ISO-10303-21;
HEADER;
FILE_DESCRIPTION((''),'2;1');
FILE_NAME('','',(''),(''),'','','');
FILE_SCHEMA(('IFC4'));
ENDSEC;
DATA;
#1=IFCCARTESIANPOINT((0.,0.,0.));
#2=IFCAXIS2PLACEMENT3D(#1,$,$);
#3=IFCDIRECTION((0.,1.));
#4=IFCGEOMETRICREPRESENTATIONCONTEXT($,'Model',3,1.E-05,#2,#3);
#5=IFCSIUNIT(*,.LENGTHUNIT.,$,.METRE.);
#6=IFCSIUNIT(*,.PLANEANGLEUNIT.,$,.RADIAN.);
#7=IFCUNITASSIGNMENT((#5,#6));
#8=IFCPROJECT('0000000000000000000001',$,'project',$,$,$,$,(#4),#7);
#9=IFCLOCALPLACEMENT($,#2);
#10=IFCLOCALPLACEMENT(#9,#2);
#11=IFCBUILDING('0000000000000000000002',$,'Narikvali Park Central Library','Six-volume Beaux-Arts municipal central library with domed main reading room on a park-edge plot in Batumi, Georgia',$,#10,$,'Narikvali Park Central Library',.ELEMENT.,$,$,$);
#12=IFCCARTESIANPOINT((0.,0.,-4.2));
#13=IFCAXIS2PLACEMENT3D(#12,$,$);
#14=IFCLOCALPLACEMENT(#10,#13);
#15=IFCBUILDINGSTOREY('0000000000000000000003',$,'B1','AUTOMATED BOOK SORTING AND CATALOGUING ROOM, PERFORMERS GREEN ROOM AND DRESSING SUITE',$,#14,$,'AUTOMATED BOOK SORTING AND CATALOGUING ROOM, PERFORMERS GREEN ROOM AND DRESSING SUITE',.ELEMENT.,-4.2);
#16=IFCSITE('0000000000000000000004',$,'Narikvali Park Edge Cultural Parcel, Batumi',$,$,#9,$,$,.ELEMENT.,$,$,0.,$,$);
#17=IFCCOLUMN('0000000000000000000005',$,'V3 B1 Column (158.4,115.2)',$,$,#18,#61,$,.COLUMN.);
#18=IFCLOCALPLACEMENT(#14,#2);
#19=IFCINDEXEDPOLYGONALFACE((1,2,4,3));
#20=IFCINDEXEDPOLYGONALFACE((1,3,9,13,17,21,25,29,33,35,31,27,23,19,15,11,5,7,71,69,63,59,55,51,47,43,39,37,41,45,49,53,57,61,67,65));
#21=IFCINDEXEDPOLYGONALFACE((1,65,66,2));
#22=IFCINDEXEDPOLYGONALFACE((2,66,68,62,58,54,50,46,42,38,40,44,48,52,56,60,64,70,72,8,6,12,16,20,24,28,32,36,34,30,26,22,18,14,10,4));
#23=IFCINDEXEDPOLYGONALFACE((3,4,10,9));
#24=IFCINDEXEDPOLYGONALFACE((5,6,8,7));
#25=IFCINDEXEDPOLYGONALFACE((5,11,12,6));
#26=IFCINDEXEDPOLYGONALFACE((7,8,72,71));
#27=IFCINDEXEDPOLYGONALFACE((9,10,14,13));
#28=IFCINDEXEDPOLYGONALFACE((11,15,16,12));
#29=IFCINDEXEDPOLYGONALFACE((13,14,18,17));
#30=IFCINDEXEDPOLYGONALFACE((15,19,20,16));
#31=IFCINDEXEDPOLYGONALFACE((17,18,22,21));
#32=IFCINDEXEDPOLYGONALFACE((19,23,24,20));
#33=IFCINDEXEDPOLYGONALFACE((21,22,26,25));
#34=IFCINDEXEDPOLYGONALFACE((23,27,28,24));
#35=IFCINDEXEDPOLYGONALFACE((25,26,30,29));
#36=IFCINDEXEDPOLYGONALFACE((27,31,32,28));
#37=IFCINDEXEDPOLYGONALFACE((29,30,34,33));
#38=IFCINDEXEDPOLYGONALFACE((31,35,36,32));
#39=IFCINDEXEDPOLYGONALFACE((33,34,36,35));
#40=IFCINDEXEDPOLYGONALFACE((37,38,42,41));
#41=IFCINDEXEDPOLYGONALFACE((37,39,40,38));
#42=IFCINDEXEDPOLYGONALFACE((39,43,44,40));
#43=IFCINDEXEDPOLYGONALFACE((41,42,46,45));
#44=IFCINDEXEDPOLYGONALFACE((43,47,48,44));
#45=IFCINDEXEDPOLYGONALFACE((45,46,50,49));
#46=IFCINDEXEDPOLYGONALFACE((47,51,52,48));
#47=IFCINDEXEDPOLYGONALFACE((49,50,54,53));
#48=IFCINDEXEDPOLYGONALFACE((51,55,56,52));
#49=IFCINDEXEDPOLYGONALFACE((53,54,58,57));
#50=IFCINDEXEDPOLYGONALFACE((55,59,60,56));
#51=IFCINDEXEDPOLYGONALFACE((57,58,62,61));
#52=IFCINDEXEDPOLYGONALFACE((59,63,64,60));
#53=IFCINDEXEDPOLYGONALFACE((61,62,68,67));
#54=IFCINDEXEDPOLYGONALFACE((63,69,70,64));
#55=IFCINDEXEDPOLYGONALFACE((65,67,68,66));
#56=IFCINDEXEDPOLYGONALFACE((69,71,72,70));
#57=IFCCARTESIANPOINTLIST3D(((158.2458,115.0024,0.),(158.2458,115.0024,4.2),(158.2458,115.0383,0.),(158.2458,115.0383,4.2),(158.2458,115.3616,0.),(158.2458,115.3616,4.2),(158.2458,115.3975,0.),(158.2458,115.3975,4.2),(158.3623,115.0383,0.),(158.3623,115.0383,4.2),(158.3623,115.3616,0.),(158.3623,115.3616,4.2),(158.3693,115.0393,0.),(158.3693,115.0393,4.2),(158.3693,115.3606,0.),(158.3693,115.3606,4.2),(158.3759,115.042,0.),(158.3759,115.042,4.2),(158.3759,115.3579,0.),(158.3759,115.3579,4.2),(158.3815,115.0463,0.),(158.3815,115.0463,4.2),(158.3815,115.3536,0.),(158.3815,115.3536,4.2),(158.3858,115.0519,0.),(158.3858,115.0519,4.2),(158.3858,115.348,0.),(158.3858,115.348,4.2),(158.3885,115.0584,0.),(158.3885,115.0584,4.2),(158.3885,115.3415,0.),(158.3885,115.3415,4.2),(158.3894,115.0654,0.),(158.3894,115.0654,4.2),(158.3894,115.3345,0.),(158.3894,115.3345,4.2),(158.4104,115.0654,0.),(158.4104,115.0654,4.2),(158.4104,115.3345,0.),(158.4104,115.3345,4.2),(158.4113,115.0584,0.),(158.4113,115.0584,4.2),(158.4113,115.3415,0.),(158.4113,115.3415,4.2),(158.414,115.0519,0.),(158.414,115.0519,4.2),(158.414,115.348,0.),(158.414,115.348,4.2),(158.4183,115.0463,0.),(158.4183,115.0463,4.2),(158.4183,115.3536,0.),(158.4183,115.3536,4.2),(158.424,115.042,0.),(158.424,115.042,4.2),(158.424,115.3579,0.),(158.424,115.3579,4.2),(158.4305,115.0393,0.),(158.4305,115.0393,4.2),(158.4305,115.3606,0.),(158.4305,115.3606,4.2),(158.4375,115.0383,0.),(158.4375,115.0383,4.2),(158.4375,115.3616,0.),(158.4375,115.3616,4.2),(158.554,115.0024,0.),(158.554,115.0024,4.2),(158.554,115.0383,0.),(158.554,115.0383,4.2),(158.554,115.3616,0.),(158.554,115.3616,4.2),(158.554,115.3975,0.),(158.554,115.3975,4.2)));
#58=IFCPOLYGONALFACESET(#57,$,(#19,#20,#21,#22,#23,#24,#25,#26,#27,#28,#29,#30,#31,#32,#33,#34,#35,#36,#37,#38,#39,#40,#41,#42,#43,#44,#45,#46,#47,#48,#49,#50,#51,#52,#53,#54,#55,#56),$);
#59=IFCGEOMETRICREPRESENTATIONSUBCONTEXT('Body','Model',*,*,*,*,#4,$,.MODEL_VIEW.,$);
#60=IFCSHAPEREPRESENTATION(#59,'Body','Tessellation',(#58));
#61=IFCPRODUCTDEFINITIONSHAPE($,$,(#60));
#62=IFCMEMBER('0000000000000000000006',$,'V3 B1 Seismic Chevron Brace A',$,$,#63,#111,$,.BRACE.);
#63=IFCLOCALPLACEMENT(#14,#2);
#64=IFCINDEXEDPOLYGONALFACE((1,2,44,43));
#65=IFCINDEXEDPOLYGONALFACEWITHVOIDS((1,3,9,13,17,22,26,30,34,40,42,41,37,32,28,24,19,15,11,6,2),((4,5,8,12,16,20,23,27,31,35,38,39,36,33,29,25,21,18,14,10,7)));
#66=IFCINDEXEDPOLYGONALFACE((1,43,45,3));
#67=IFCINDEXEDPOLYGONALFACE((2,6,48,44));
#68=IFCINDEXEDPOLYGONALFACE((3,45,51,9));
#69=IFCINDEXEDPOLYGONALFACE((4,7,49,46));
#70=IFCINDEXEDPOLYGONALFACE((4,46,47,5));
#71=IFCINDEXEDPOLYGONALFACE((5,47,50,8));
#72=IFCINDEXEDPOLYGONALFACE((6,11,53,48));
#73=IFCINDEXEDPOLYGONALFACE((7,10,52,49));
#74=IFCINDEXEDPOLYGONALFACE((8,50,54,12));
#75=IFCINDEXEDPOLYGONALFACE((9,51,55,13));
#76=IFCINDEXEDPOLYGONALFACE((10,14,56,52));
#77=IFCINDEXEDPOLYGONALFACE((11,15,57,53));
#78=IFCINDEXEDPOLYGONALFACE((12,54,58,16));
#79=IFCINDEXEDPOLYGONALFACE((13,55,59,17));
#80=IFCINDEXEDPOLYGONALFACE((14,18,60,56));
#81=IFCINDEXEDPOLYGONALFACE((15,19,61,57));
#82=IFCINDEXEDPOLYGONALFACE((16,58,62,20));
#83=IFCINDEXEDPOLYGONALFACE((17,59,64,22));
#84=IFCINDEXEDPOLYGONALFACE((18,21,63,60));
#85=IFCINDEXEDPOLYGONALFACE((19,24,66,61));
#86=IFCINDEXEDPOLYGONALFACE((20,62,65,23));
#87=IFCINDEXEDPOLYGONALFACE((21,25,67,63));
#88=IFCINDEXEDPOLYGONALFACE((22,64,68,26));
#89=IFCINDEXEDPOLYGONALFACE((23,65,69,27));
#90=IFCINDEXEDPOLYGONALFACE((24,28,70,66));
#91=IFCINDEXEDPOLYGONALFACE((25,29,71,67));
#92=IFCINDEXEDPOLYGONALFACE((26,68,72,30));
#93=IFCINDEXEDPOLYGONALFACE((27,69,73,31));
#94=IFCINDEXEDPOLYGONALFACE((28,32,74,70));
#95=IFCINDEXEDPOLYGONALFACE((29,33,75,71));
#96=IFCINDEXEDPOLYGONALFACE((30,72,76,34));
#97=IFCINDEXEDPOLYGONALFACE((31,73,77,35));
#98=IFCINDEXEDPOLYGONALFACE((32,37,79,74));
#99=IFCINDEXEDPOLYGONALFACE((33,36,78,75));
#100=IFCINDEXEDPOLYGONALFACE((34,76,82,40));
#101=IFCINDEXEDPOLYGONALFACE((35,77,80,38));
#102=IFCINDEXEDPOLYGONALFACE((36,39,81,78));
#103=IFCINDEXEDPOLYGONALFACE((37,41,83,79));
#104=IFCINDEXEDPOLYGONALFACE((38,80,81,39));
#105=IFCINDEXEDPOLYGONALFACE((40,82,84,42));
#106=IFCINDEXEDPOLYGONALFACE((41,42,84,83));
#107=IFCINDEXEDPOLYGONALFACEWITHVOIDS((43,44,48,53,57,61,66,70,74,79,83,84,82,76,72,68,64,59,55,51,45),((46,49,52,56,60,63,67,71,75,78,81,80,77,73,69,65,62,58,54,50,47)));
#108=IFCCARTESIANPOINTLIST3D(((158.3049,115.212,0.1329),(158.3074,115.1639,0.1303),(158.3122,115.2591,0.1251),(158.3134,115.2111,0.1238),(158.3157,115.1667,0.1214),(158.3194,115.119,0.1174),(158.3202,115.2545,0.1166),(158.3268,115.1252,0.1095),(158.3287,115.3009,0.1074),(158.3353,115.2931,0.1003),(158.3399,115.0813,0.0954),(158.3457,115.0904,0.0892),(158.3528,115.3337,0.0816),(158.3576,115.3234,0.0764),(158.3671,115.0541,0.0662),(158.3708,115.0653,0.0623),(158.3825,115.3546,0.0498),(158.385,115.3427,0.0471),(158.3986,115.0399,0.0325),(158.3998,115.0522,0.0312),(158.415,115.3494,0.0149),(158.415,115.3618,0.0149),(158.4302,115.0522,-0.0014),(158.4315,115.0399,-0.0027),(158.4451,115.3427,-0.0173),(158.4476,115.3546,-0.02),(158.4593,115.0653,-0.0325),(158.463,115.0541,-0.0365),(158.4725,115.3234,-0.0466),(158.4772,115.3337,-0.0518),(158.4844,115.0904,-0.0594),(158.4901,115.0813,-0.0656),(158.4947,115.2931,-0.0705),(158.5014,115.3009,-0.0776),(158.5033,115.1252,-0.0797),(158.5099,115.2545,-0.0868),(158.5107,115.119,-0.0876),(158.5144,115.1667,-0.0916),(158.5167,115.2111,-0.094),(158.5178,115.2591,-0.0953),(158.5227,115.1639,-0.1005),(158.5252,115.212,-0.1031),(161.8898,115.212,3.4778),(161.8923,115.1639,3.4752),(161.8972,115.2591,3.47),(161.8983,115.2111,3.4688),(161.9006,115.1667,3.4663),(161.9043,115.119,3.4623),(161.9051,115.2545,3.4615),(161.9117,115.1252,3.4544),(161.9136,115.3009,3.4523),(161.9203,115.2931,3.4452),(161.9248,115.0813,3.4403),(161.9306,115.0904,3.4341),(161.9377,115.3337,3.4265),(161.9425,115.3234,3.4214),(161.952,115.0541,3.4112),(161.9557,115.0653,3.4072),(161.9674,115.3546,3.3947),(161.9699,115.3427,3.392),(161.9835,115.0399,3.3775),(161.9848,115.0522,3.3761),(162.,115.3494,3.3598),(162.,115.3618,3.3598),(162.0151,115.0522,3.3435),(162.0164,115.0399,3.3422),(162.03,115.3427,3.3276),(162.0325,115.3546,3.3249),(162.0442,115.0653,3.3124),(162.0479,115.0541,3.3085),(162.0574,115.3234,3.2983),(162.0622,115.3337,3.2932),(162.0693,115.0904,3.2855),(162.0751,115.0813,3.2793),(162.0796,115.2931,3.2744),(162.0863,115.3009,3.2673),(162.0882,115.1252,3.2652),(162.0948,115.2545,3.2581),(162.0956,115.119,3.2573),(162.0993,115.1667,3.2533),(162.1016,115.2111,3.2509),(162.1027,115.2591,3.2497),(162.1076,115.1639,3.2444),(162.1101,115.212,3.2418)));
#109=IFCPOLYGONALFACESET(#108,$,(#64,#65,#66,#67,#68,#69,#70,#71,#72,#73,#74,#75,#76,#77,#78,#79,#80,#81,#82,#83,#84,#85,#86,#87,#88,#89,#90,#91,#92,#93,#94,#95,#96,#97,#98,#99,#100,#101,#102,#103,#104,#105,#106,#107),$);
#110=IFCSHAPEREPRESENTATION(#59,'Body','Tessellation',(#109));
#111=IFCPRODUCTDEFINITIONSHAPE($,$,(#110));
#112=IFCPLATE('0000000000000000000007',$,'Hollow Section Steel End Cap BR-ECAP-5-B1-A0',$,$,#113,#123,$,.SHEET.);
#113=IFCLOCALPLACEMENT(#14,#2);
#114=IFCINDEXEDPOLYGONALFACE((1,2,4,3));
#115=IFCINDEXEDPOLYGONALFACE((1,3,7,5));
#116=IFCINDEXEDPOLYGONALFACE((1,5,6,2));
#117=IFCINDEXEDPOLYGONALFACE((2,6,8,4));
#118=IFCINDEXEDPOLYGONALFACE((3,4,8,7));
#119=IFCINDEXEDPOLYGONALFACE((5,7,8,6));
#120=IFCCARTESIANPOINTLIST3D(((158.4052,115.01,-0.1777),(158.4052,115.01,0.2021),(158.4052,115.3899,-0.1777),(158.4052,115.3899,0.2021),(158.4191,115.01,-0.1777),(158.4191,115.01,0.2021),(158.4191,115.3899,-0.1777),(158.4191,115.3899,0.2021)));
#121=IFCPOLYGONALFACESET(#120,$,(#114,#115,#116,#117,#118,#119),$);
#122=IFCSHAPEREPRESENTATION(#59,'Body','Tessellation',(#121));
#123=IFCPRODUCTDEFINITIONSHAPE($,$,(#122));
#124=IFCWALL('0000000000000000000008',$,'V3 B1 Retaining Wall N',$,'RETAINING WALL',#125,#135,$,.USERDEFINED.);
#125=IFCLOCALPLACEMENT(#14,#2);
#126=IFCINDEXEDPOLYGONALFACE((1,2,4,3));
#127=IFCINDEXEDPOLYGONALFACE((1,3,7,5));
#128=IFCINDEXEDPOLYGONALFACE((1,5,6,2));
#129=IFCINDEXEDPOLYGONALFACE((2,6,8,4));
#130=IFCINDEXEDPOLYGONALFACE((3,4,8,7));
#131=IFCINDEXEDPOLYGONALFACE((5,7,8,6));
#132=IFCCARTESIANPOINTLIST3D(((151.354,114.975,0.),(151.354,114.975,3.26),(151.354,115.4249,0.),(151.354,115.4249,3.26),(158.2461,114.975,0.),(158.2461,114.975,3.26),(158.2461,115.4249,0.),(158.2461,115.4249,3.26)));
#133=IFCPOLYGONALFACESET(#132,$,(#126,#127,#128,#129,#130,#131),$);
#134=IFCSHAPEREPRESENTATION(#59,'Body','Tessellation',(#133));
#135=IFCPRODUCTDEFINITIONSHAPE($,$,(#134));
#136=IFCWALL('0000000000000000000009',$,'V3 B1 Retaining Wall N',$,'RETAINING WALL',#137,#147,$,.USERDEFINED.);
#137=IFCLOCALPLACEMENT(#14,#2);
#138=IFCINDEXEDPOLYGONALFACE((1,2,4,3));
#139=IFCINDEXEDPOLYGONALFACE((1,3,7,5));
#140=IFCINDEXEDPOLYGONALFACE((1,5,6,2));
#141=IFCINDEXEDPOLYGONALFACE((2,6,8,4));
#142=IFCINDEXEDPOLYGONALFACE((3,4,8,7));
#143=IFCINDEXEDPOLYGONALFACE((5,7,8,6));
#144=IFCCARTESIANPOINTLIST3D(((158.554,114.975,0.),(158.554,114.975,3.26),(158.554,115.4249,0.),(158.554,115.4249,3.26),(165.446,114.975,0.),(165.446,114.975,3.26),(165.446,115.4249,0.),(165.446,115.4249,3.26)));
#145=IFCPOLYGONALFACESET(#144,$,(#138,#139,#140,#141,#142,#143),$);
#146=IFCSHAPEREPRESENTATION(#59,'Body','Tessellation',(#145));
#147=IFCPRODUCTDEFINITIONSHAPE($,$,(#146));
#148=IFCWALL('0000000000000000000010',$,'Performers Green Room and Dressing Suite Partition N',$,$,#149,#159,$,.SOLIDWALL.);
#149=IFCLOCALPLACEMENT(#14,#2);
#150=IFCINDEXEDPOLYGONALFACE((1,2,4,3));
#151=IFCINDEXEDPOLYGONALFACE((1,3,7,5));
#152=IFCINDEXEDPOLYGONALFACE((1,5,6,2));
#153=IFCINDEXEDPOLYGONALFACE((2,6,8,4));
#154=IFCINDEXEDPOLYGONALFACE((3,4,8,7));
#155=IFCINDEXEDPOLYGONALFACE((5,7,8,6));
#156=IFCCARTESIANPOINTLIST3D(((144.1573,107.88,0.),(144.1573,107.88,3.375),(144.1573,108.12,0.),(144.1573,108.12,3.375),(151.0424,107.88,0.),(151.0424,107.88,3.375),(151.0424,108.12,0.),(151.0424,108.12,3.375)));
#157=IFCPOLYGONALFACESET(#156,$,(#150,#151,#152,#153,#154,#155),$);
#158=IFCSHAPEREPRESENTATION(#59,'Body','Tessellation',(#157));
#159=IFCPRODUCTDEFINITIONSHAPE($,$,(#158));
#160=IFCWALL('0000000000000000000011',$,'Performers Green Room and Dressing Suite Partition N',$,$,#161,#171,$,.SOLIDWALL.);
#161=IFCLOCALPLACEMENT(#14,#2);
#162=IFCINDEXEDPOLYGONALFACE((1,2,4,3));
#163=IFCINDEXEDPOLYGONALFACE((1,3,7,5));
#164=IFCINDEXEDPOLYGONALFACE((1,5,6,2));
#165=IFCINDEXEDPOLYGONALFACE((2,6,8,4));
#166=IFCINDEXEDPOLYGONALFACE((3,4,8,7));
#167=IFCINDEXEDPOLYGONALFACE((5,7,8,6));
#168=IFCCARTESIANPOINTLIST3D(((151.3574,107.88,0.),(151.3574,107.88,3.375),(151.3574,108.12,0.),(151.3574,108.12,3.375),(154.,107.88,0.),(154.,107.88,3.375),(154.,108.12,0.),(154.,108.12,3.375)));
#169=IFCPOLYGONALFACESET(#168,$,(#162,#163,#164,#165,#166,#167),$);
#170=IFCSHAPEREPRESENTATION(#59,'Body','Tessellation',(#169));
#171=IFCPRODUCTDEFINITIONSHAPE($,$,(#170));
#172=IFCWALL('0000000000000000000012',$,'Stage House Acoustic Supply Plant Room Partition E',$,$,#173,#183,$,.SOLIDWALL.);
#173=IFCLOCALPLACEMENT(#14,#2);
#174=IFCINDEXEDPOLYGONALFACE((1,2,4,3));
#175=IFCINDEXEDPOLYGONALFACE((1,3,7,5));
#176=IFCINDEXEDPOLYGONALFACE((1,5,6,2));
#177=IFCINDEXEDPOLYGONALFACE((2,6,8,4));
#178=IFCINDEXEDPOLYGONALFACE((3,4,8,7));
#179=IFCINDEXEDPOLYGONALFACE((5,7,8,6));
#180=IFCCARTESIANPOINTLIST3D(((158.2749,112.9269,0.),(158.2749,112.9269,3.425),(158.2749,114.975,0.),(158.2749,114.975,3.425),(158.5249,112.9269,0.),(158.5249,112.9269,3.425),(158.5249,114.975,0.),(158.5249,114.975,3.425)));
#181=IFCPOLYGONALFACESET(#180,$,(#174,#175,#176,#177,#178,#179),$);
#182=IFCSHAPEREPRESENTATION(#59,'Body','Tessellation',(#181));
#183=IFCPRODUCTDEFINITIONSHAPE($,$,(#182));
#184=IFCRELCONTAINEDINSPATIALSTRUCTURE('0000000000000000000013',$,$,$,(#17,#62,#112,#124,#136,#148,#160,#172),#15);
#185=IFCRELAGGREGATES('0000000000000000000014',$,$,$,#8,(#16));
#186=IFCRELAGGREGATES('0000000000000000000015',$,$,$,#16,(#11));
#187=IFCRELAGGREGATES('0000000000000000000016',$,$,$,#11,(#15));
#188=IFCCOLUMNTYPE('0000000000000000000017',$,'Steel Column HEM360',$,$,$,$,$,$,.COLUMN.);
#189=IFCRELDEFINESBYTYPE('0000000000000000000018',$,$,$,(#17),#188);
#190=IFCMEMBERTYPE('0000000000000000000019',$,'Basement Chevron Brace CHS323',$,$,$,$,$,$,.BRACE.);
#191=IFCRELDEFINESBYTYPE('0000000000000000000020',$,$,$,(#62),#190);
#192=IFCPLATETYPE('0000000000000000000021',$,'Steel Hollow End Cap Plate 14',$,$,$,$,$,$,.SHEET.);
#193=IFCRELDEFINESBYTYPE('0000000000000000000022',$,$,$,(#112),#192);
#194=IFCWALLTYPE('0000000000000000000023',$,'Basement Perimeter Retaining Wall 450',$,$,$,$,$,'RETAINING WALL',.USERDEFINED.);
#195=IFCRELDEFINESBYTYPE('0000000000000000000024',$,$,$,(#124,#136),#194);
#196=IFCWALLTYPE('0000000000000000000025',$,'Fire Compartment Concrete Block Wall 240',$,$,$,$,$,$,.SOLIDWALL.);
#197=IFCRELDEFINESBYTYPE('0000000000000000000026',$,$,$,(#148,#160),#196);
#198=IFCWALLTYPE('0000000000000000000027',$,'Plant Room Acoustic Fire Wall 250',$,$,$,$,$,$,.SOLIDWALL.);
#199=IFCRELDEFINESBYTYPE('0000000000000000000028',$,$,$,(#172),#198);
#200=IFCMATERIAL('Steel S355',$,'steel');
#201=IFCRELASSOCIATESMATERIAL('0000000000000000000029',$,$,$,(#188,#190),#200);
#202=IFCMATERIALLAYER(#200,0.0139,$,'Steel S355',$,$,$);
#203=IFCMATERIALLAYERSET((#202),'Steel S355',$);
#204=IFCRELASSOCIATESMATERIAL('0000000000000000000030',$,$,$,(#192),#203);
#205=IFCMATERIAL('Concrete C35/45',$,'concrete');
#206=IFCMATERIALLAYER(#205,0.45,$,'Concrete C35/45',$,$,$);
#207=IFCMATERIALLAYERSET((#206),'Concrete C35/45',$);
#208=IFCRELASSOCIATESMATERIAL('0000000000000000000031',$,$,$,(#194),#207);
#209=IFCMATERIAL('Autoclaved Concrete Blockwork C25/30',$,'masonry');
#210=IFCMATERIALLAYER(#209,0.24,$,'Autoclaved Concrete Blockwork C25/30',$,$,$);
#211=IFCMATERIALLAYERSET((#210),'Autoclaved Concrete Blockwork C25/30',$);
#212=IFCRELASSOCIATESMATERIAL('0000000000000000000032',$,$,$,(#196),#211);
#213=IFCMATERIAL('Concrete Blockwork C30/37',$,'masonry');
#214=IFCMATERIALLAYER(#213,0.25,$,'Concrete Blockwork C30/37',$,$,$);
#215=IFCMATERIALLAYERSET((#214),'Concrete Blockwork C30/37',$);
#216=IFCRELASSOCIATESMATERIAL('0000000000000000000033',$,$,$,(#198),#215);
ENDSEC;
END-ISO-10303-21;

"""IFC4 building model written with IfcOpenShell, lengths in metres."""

from ifc_helpers import new_model, si_unit, direction, frame, frame_2d, origin, origin_2d, place, context, subcontext, project, spatial, rectangle, hollow_circle, i_section, extrude, material, layer, layer_set, material_profile, profile_set, type_object, element, save


model = new_model("IFC4")

# Units and contexts
model_context = context("Model", 3, precision=1e-05, world=origin(), true_north=direction((0.0, 1.0)))
body_context = subcontext(model_context, "Body", "Model", "MODEL_VIEW")
ifc_project = project(units=[si_unit("LENGTHUNIT", "METRE"), si_unit("PLANEANGLEUNIT", "RADIAN")], contexts=[model_context])

# Site, building, storey
site_placement = place(None, origin())
site = spatial("IfcSite", under=ifc_project, at=site_placement, Name="Narikvali Park Edge Cultural Parcel, Batumi", CompositionType="ELEMENT", RefElevation=0.0)
building_placement = place(site_placement, origin())
building = spatial("IfcBuilding", under=site, at=building_placement, Name="Narikvali Park Central Library", Description="Six-volume Beaux-Arts municipal central library with domed main reading room on a park-edge plot in Batumi, Georgia", LongName="Narikvali Park Central Library", CompositionType="ELEMENT")
storey_placement = place(building_placement, frame((0.0, 0.0, -4.2)))
storey = spatial("IfcBuildingStorey", under=building, at=storey_placement, Name="B1", Description="AUTOMATED BOOK SORTING AND CATALOGUING ROOM, PERFORMERS GREEN ROOM AND DRESSING SUITE", LongName="AUTOMATED BOOK SORTING AND CATALOGUING ROOM, PERFORMERS GREEN ROOM AND DRESSING SUITE", CompositionType="ELEMENT", Elevation=-4.2)

# Shared definitions
ifc_material_1 = material(Name="Concrete C35/45", Category="concrete")

# Column
ifc_material_2 = material(Name="Steel S355", Category="steel")
ifc_material_profile_1 = material_profile(ifc_material_2, i_section(OverallWidth=0.3081, OverallDepth=0.395, WebThickness=0.021, FlangeThickness=0.0359, FilletRadius=0.0271, at=origin_2d()), Name="HEM 360")
ifc_profile_set_1 = profile_set([ifc_material_profile_1], Name="Steel S355")
column_type_1 = type_object("IfcColumnType", Name="Steel Column HEM360", PredefinedType="COLUMN", material=ifc_profile_set_1)
for number, where, z_axis, x_axis, name in (
    (1, (158.3999, 115.2, 0.0), (0.0, 0.0, 1.0), (1.0, 0.0, 0.0), "V3 B1 Column (158.4,115.2)"),
):
    element("IfcColumn", number, at=place(storey_placement, frame(where, z_axis=z_axis, x_axis=x_axis)), inside=storey, type_object=column_type_1, Name=name, PredefinedType="COLUMN", context=body_context, shape_type="SweptSolid", body=[
        extrude(i_section(OverallWidth=0.3081, OverallDepth=0.395, WebThickness=0.021, FlangeThickness=0.0359, FilletRadius=0.0271, at=origin_2d()), origin(), (0.0, 0.0, 1.0), 4.2),
    ])

# Member
ifc_material_profile_2 = material_profile(ifc_material_2, hollow_circle(Radius=0.1619, WallThickness=0.0125, at=origin_2d()), Name="CHS 323.9x12.5")
ifc_profile_set_2 = profile_set([ifc_material_profile_2], Name="Steel S355")
member_type = type_object("IfcMemberType", Name="Basement Chevron Brace CHS323", PredefinedType="BRACE", material=ifc_profile_set_2)
member_placement = place(storey_placement, frame((158.415, 115.2, 0.0149), z_axis=(0.731156, 0.0, 0.68221), x_axis=(0.0, 1.0, 0.0)))
element("IfcMember", 2, at=member_placement, inside=storey, type_object=member_type, Name="V3 B1 Seismic Chevron Brace A", PredefinedType="BRACE", context=body_context, shape_type="SweptSolid", body=[
    extrude(hollow_circle(Radius=0.1619, WallThickness=0.0125, at=origin_2d()), origin(), (0.0, 0.0, 1.0), 4.9031),
])

# Plate
ifc_layer_1 = layer(ifc_material_2, 0.0139, Name="Steel S355")
ifc_layer_set_1 = layer_set([ifc_layer_1], Name="Steel S355")
plate_type = type_object("IfcPlateType", Name="Steel Hollow End Cap Plate 14", PredefinedType="SHEET", material=ifc_layer_set_1)
plate_placement = place(storey_placement, frame((158.4121, 115.2, -0.1777), z_axis=(0.0, 0.0, 1.0), x_axis=(-1.0, 0.0, 0.0)))
element("IfcPlate", 3, at=plate_placement, inside=storey, type_object=plate_type, Name="Hollow Section Steel End Cap BR-ECAP-5-B1-A0", PredefinedType="SHEET", context=body_context, shape_type="SweptSolid", body=[
    extrude(rectangle(XDim=0.0139, YDim=0.3799, at=origin_2d()), origin(), (0.0, 0.0, 1.0), 0.3799),
])

# Walls
ifc_layer_2 = layer(ifc_material_1, 0.45, Name="Concrete C35/45")
ifc_layer_set_2 = layer_set([ifc_layer_2], Name="Concrete C35/45")
wall_type_1 = type_object("IfcWallType", Name="Basement Perimeter Retaining Wall 450", ElementType="RETAINING WALL", PredefinedType="USERDEFINED", material=ifc_layer_set_2)
for number, where, z_axis, x_axis, name in (
    (4, (151.354, 115.2, 0.0), (0.0, 0.0, 1.0), (1.0, 0.0, 0.0), "V3 B1 Retaining Wall N"),
    (5, (158.554, 115.2, 0.0), (0.0, 0.0, 1.0), (1.0, 0.0, 0.0), "V3 B1 Retaining Wall N"),
):
    element("IfcWall", number, at=place(storey_placement, frame(where, z_axis=z_axis, x_axis=x_axis)), inside=storey, type_object=wall_type_1, Name=name, ObjectType="RETAINING WALL", PredefinedType="USERDEFINED", context=body_context, shape_type="SweptSolid", body=[
        extrude(rectangle(XDim=6.8921, YDim=0.45, at=frame_2d((3.446, 0.0))), origin(), (0.0, 0.0, 1.0), 3.26),
    ])
ifc_material_3 = material(Name="Autoclaved Concrete Blockwork C25/30", Category="masonry")
ifc_layer_3 = layer(ifc_material_3, 0.24, Name="Autoclaved Concrete Blockwork C25/30")
ifc_layer_set_3 = layer_set([ifc_layer_3], Name="Autoclaved Concrete Blockwork C25/30")
wall_type_2 = type_object("IfcWallType", Name="Fire Compartment Concrete Block Wall 240", PredefinedType="SOLIDWALL", material=ifc_layer_set_3)
wall_1_placement = place(storey_placement, frame((144.1575, 108.0, 0.0), z_axis=(0.0, 0.0, 1.0), x_axis=(1.0, 0.0, 0.0)))
element("IfcWall", 6, at=wall_1_placement, inside=storey, type_object=wall_type_2, Name="Performers Green Room and Dressing Suite Partition N", PredefinedType="SOLIDWALL", context=body_context, shape_type="SweptSolid", body=[
    extrude(rectangle(XDim=6.885, YDim=0.24, at=frame_2d((3.4424, 0.0))), origin(), (0.0, 0.0, 1.0), 3.375),
])
wall_2_placement = place(storey_placement, frame((151.3574, 108.0, 0.0), z_axis=(0.0, 0.0, 1.0), x_axis=(1.0, 0.0, 0.0)))
element("IfcWall", 7, at=wall_2_placement, inside=storey, type_object=wall_type_2, Name="Performers Green Room and Dressing Suite Partition N", PredefinedType="SOLIDWALL", context=body_context, shape_type="SweptSolid", body=[
    extrude(rectangle(XDim=2.6426, YDim=0.24, at=frame_2d((1.3213, 0.0))), origin(), (0.0, 0.0, 1.0), 3.375),
])
ifc_material_4 = material(Name="Concrete Blockwork C30/37", Category="masonry")
ifc_layer_4 = layer(ifc_material_4, 0.25, Name="Concrete Blockwork C30/37")
ifc_layer_set_4 = layer_set([ifc_layer_4], Name="Concrete Blockwork C30/37")
wall_type_3 = type_object("IfcWallType", Name="Plant Room Acoustic Fire Wall 250", PredefinedType="SOLIDWALL", material=ifc_layer_set_4)
wall_3_placement = place(storey_placement, frame((158.3999, 112.927, 0.0), z_axis=(0.0, 0.0, 1.0), x_axis=(0.0, 1.0, 0.0)))
element("IfcWall", 8, at=wall_3_placement, inside=storey, type_object=wall_type_3, Name="Stage House Acoustic Supply Plant Room Partition E", PredefinedType="SOLIDWALL", context=body_context, shape_type="SweptSolid", body=[
    extrude(rectangle(XDim=2.0481, YDim=0.25, at=frame_2d((1.0239, 0.0))), origin(), (0.0, 0.0, 1.0), 3.425),
])

save(model, "model.ifc")
